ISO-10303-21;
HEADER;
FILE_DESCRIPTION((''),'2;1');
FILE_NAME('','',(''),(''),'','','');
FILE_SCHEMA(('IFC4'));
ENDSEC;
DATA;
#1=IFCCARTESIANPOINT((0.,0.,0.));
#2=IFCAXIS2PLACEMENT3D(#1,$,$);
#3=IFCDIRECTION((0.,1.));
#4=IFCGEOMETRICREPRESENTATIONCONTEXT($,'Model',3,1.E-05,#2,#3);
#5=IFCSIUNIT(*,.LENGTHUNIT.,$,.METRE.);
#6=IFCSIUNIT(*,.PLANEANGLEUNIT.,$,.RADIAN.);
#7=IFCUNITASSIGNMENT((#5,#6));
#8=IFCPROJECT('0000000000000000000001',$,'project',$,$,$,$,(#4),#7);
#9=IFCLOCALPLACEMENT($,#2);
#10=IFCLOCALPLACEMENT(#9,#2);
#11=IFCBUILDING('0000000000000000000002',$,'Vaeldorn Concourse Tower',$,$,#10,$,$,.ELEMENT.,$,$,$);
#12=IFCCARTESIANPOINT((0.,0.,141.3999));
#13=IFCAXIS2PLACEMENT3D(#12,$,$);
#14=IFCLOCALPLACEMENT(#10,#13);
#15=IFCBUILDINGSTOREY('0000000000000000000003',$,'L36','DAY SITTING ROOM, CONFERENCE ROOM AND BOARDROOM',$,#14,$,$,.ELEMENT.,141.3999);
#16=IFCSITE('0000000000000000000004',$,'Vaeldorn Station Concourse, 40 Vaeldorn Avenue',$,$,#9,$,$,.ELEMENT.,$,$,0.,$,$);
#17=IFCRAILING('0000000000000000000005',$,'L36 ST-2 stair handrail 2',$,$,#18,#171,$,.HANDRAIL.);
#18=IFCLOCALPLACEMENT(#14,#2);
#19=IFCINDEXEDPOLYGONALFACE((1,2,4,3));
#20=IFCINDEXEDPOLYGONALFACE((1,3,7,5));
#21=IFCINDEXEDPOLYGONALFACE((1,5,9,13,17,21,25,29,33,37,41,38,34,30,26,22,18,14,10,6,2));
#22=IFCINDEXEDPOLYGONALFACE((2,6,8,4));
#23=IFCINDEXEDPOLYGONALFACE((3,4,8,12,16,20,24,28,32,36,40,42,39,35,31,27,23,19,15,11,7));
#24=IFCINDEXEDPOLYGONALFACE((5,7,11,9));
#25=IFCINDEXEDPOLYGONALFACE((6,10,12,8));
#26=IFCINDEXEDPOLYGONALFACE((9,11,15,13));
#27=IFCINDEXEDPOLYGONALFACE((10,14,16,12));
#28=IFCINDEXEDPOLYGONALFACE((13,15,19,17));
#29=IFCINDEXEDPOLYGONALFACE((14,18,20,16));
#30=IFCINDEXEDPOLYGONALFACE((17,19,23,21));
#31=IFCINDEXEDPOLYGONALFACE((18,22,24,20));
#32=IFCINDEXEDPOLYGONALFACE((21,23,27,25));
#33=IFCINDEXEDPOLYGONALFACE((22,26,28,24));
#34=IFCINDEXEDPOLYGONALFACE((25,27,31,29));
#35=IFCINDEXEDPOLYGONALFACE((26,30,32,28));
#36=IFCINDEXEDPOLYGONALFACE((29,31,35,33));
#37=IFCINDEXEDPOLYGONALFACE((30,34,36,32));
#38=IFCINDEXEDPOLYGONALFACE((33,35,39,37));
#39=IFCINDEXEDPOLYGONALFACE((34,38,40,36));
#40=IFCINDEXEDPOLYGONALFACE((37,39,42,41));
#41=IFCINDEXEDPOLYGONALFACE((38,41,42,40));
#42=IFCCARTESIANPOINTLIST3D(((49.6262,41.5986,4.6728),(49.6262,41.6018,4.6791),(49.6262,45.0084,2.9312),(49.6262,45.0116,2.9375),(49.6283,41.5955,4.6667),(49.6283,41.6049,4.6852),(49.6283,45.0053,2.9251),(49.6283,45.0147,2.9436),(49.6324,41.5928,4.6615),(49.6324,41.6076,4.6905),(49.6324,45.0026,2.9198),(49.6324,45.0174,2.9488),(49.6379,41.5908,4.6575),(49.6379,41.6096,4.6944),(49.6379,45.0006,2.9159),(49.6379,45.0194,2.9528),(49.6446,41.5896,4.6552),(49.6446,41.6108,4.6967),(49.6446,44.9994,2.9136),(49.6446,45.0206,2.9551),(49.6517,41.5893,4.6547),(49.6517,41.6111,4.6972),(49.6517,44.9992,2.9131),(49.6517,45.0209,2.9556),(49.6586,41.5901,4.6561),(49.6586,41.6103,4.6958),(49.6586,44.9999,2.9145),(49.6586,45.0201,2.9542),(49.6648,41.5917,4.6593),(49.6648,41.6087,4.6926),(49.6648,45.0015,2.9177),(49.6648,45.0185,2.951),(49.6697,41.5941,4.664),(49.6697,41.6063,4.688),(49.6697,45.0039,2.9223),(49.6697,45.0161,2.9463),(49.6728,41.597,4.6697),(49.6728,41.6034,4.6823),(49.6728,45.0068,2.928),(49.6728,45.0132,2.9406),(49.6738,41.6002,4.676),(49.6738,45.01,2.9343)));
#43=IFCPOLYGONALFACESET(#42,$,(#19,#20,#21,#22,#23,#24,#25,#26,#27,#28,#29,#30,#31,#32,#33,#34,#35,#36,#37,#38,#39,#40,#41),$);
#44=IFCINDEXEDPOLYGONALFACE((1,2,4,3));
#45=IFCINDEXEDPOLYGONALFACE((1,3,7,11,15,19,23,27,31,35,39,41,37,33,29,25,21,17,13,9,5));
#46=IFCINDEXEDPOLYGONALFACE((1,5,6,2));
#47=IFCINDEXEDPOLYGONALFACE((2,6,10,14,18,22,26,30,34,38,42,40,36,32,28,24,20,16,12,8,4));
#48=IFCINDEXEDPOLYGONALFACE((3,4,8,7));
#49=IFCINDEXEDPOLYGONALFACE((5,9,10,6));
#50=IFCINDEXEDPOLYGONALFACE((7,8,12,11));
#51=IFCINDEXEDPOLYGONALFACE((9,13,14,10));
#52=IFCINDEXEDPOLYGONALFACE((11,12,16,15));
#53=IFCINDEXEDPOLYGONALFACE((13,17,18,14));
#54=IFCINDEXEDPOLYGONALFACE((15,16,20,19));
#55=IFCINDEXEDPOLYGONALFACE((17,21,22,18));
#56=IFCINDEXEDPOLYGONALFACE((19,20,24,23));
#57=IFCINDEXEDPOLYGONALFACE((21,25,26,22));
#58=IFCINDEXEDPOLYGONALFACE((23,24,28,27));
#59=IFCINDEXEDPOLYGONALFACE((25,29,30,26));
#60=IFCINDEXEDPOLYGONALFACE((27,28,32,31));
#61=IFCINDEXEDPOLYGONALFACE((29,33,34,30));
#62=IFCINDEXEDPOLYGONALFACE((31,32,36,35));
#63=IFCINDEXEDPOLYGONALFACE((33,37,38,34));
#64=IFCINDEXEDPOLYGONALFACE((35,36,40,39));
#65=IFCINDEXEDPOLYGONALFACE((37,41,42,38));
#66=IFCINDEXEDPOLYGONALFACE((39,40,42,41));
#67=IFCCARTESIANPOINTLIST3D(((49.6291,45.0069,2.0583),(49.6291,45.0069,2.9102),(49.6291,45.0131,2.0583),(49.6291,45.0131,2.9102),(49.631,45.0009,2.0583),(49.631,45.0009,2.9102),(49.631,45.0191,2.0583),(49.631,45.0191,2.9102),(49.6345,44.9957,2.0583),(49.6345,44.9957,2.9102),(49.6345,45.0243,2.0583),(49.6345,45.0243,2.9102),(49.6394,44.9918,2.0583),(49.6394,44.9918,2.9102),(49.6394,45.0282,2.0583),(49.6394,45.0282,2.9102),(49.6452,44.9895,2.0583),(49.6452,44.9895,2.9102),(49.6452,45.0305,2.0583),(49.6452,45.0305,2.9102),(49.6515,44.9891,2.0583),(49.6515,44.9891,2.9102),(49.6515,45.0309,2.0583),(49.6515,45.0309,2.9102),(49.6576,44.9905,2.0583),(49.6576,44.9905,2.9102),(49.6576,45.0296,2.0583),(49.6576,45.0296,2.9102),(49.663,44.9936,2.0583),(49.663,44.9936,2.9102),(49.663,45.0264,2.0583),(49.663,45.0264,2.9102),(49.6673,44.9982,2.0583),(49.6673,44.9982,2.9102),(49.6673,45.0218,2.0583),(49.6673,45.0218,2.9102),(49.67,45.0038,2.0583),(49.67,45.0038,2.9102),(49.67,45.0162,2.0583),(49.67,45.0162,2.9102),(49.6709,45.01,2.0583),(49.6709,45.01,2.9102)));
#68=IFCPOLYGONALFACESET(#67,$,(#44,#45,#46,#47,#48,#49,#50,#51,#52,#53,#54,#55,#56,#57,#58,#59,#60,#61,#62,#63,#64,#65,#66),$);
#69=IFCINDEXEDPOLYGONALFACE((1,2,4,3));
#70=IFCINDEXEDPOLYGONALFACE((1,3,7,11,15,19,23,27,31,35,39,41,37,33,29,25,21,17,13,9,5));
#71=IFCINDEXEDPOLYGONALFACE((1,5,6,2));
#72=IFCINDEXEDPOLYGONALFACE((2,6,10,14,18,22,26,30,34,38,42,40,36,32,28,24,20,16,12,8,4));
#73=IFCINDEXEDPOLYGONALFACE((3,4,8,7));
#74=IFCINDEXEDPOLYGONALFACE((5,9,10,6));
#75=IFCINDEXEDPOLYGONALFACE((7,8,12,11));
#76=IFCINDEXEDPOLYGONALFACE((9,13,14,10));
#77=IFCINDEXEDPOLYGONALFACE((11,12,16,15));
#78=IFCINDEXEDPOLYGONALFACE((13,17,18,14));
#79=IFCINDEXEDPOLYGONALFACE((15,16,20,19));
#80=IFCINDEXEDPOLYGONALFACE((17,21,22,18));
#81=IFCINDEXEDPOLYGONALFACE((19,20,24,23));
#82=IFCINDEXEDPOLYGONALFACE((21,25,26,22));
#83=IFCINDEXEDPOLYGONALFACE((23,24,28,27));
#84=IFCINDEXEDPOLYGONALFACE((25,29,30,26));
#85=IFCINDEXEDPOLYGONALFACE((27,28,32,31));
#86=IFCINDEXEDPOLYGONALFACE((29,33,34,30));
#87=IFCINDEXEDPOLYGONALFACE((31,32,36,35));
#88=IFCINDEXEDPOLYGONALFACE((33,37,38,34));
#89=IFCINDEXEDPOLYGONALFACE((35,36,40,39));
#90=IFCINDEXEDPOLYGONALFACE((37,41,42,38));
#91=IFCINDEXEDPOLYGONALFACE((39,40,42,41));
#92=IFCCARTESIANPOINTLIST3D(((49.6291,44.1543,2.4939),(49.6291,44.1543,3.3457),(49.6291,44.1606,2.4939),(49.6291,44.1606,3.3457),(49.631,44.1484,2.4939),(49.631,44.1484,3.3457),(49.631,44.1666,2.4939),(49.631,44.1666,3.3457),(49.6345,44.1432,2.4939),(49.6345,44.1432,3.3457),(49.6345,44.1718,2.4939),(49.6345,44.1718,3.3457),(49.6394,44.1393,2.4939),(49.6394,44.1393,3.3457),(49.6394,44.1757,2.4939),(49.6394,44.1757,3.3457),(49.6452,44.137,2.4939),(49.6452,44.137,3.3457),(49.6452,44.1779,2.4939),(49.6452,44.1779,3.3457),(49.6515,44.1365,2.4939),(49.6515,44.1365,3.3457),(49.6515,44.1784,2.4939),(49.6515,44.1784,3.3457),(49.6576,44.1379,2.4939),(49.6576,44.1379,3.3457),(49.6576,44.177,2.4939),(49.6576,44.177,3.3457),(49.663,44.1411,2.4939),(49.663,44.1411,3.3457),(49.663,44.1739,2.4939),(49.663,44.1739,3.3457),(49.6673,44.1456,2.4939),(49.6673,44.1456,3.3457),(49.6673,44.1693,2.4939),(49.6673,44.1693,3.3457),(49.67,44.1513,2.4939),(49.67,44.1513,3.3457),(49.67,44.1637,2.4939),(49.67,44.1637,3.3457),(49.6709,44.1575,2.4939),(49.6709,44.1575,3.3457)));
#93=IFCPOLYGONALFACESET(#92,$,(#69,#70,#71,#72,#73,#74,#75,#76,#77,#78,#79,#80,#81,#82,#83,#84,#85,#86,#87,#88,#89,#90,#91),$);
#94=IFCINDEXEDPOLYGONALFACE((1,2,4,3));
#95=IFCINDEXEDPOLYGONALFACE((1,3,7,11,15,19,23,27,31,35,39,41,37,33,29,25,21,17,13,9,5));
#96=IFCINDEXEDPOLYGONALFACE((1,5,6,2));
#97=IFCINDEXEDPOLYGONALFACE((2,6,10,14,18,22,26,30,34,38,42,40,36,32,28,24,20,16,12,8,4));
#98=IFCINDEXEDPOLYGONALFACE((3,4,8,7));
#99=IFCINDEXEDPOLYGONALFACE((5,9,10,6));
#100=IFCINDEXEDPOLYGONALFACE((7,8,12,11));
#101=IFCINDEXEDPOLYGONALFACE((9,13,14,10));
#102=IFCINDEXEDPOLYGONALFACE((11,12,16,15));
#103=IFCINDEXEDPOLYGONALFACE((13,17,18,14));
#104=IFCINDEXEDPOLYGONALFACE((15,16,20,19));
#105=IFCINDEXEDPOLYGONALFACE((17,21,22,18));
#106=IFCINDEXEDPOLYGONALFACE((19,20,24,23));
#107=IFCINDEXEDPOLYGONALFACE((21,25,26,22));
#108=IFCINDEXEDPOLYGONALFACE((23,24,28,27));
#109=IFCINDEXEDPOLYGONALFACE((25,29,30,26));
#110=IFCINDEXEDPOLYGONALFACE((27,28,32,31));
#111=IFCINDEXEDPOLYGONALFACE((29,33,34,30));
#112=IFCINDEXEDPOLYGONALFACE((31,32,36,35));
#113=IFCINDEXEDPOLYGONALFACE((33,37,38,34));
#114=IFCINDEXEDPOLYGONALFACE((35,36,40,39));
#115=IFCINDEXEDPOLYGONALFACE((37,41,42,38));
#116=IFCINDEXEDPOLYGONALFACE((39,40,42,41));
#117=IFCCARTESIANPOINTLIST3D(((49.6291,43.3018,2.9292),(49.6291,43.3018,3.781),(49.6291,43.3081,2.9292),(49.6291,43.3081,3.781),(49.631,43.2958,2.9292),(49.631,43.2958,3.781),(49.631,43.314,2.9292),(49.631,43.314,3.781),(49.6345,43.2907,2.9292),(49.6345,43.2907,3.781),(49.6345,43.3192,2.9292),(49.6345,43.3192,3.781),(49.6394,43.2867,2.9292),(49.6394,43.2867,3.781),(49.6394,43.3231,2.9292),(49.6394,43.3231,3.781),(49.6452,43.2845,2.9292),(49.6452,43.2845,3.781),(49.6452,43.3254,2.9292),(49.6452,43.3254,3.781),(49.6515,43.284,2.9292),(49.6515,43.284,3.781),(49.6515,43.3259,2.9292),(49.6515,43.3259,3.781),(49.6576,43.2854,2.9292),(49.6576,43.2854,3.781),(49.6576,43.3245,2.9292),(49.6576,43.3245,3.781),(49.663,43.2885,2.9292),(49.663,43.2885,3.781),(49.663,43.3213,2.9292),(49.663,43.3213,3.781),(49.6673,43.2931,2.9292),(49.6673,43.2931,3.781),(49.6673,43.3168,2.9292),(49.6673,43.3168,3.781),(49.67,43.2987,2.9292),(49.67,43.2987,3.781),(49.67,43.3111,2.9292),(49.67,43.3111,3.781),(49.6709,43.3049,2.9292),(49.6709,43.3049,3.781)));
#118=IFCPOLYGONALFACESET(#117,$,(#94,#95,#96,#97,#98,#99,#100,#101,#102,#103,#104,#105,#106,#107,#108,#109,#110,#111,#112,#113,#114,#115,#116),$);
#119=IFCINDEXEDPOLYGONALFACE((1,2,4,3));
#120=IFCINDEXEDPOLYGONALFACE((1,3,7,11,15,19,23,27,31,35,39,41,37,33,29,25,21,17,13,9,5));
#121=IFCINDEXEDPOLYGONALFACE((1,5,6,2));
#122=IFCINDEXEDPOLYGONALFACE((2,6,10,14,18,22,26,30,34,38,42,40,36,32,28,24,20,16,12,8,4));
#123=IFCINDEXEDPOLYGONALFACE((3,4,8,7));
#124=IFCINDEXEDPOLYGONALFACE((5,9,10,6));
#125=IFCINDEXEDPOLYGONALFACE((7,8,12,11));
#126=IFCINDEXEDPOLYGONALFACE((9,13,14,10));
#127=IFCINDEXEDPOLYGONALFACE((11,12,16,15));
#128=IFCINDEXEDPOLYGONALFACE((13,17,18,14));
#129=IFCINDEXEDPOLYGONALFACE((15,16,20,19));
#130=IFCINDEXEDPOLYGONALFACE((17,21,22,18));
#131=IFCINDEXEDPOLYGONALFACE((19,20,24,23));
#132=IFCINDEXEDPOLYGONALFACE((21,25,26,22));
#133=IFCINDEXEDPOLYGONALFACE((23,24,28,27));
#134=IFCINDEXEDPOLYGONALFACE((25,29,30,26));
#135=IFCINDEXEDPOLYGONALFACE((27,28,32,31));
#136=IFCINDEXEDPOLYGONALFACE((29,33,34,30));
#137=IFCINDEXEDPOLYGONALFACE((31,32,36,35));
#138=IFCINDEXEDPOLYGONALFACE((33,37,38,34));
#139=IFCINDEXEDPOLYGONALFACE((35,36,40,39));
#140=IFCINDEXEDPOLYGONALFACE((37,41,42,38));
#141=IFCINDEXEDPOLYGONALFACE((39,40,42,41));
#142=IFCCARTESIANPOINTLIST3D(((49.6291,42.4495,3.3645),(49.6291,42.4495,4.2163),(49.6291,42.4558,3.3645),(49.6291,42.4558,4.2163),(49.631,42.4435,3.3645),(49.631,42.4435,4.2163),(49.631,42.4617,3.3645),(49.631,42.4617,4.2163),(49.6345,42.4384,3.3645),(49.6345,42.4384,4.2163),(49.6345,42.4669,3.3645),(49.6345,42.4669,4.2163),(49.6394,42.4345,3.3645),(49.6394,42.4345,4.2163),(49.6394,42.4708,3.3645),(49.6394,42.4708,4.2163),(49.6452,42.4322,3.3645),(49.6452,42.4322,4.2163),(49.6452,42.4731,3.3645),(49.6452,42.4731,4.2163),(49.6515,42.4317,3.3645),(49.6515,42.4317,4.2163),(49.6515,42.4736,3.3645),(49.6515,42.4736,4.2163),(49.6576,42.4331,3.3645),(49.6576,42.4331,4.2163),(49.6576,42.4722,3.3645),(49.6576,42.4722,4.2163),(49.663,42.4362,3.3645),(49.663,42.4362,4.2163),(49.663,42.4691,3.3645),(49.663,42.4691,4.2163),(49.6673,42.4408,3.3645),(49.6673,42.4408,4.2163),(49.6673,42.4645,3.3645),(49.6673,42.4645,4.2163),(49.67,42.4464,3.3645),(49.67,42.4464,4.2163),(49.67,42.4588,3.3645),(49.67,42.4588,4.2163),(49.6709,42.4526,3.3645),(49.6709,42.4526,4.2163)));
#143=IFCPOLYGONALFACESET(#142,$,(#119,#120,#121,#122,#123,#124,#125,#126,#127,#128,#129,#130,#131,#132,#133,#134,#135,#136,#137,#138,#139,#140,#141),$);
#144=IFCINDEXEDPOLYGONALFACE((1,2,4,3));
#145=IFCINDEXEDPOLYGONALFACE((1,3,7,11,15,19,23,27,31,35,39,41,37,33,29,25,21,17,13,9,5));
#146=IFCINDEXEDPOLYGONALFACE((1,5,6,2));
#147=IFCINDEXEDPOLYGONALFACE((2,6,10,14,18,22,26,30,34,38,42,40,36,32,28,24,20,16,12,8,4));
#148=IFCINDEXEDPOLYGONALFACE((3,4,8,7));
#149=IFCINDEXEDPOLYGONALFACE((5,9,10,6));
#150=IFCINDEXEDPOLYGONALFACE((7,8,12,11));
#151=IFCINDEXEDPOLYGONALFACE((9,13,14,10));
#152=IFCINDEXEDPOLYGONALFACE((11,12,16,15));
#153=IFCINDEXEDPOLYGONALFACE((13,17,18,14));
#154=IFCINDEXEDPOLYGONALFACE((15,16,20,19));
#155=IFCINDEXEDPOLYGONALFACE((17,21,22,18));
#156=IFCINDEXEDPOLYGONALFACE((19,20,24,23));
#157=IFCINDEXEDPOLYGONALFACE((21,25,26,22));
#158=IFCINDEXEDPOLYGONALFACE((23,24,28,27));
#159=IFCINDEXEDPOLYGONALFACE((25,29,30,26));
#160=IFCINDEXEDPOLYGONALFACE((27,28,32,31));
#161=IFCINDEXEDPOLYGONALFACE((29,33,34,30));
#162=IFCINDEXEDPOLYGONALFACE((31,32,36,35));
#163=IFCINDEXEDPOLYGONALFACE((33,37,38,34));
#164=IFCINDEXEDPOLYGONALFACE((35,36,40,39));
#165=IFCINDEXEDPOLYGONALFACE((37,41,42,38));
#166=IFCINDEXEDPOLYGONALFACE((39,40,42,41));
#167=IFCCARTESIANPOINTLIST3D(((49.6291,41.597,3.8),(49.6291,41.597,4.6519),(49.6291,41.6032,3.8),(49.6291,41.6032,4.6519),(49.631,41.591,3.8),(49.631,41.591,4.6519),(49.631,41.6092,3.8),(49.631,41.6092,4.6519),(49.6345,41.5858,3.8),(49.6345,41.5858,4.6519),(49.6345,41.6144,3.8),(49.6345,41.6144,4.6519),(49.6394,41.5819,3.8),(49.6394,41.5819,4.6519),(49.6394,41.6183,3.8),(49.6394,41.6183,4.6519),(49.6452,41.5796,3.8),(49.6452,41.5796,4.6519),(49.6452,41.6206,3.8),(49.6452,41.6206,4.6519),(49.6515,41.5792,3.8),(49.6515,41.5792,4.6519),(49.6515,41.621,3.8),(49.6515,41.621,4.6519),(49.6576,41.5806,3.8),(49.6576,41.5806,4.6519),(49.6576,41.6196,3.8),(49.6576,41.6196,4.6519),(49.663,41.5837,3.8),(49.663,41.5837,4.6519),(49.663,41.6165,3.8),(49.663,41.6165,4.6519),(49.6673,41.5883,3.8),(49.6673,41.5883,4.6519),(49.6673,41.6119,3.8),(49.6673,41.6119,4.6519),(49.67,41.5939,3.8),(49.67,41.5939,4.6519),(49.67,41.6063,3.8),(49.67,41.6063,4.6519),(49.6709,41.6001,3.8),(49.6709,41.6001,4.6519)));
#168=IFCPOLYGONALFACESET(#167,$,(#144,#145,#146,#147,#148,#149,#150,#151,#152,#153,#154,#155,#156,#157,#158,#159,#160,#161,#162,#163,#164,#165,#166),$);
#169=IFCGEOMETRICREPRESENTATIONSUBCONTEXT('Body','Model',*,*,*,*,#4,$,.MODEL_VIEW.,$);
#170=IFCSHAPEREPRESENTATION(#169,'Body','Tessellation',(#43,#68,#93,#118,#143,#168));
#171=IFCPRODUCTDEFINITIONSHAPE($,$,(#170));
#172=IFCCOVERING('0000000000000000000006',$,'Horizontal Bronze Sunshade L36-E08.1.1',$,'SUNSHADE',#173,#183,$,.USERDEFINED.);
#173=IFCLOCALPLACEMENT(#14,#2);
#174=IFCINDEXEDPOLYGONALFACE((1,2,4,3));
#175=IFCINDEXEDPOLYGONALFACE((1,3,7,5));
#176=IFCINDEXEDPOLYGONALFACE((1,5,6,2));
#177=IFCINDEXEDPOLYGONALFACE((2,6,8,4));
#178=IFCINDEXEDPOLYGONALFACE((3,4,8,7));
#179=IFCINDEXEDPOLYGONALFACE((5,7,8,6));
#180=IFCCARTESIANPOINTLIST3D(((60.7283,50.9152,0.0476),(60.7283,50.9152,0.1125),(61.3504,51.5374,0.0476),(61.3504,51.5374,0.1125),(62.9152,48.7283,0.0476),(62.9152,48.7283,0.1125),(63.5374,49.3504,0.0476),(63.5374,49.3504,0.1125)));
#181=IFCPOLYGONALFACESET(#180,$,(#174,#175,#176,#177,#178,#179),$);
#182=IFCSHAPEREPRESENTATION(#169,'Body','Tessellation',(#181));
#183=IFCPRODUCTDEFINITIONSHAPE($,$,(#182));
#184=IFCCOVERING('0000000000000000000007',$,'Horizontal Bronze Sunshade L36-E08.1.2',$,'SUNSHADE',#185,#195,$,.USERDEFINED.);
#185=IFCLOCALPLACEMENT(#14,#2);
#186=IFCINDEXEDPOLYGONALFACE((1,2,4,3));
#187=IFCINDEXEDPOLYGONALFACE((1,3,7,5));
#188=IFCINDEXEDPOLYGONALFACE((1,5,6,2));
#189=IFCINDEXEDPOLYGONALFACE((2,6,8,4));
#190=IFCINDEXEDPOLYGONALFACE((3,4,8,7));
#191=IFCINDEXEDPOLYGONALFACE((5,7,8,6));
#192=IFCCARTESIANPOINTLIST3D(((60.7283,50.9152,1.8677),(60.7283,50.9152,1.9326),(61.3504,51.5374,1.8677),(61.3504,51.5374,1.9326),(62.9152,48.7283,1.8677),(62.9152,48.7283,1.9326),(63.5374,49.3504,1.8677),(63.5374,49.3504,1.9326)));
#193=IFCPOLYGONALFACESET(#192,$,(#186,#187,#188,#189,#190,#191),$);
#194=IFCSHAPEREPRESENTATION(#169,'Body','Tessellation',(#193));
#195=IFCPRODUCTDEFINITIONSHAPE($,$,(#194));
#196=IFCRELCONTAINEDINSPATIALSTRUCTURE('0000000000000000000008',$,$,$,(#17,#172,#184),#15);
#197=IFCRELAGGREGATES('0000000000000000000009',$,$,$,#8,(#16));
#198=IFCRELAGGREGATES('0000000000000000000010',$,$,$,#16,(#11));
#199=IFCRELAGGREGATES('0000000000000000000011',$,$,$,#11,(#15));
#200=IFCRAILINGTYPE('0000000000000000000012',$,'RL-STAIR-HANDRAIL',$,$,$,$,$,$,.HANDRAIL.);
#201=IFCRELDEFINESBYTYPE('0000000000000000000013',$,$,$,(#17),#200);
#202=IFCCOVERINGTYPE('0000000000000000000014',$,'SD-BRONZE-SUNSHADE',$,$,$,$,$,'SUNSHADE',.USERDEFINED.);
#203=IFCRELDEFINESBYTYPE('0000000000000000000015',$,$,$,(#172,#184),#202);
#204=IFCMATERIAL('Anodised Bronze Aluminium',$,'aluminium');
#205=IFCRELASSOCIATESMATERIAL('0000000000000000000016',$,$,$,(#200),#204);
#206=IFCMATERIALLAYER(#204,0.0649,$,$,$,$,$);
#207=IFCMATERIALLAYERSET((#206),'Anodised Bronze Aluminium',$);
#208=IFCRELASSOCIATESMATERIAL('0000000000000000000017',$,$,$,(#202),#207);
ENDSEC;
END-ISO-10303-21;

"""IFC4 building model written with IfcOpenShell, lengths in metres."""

from ifc_helpers import new_model, si_unit, direction, frame, origin, origin_2d, place, context, subcontext, project, spatial, rectangle, circle, extrude, source, transform, mapped, material, layer, layer_set, type_object, element, save


model = new_model("IFC4")

# Units and contexts
model_context = context("Model", 3, precision=1e-05, world=origin(), true_north=direction((0.0, 1.0)))
body_context = subcontext(model_context, "Body", "Model", "MODEL_VIEW")
ifc_project = project(units=[si_unit("LENGTHUNIT", "METRE"), si_unit("PLANEANGLEUNIT", "RADIAN")], contexts=[model_context])

# Site, building, storey
site_placement = place(None, origin())
site = spatial("IfcSite", under=ifc_project, at=site_placement, Name="Vaeldorn Station Concourse, 40 Vaeldorn Avenue", CompositionType="ELEMENT", RefElevation=0.0)
building_placement = place(site_placement, origin())
building = spatial("IfcBuilding", under=site, at=building_placement, Name="Vaeldorn Concourse Tower", CompositionType="ELEMENT")
storey_placement = place(building_placement, frame((0.0, 0.0, 141.3999)))
storey = spatial("IfcBuildingStorey", under=building, at=storey_placement, Name="L36", Description="DAY SITTING ROOM, CONFERENCE ROOM AND BOARDROOM", CompositionType="ELEMENT", Elevation=141.3999)

# Shared definitions
ifc_material_1 = material(Name="Anodised Bronze Aluminium", Category="aluminium")

# Railing
railing_type_1 = type_object("IfcRailingType", Name="RL-STAIR-HANDRAIL", PredefinedType="HANDRAIL", material=ifc_material_1)
railing_1_placement = place(storey_placement, frame((49.6499, 45.01, 2.0583)))
element("IfcRailing", 1, at=railing_1_placement, inside=storey, type_object=railing_type_1, Name="L36 ST-2 stair handrail 2", PredefinedType="HANDRAIL", context=body_context, shape_type="SweptSolid", body=[
    extrude(circle(Radius=0.0239, at=origin_2d()), frame((0.0, 0.0, 0.876), z_axis=(0.0, -0.890556, 0.454874), x_axis=(1.0, 0.0, 0.0)), (0.0, 0.0, 1.0), 3.8289),
    extrude(circle(Radius=0.021, at=origin_2d()), origin(), (0.0, 0.0, 1.0), 0.8518),
    extrude(circle(Radius=0.021, at=origin_2d()), frame((0.0, -0.8525, 0.4355)), (0.0, 0.0, 1.0), 0.8518),
    extrude(circle(Radius=0.021, at=origin_2d()), frame((0.0, -1.7051, 0.8708)), (0.0, 0.0, 1.0), 0.8518),
    extrude(circle(Radius=0.021, at=origin_2d()), frame((0.0, -2.5574, 1.3062)), (0.0, 0.0, 1.0), 0.8518),
    extrude(circle(Radius=0.021, at=origin_2d()), frame((0.0, -3.4099, 1.7417)), (0.0, 0.0, 1.0), 0.8518),
])

# Coverings
ifc_layer_1 = layer(ifc_material_1, 0.0649)
ifc_layer_set_1 = layer_set([ifc_layer_1], Name="Anodised Bronze Aluminium")
covering_type = type_object("IfcCoveringType", Name="SD-BRONZE-SUNSHADE", ElementType="SUNSHADE", PredefinedType="USERDEFINED", material=ifc_layer_set_1)
shared_shape_1 = source(origin(), body_context, "Body", "SweptSolid", [
    extrude(rectangle(XDim=3.0928, YDim=0.8799, at=origin_2d()), origin(), (0.0, 0.0, 1.0), 0.0649),
])
for number, where, z_axis, x_axis, name in (
    (2, (62.1328, 50.1328, 0.0476), (0.0, 0.0, 1.0), (-0.707107, 0.707107, 0.0), "Horizontal Bronze Sunshade L36-E08.1.1"),
    (3, (62.1328, 50.1328, 1.8677), (0.0, 0.0, 1.0), (-0.707107, 0.707107, 0.0), "Horizontal Bronze Sunshade L36-E08.1.2"),
):
    element("IfcCovering", number, at=place(storey_placement, frame(where, z_axis=z_axis, x_axis=x_axis)), inside=storey, type_object=covering_type, Name=name, ObjectType="SUNSHADE", PredefinedType="USERDEFINED", context=body_context, shape_type="MappedRepresentation", body=[
        mapped(shared_shape_1, transform((0.0, 0.0, 0.0), scale=1.0)),
    ])

save(model, "model.ifc")
